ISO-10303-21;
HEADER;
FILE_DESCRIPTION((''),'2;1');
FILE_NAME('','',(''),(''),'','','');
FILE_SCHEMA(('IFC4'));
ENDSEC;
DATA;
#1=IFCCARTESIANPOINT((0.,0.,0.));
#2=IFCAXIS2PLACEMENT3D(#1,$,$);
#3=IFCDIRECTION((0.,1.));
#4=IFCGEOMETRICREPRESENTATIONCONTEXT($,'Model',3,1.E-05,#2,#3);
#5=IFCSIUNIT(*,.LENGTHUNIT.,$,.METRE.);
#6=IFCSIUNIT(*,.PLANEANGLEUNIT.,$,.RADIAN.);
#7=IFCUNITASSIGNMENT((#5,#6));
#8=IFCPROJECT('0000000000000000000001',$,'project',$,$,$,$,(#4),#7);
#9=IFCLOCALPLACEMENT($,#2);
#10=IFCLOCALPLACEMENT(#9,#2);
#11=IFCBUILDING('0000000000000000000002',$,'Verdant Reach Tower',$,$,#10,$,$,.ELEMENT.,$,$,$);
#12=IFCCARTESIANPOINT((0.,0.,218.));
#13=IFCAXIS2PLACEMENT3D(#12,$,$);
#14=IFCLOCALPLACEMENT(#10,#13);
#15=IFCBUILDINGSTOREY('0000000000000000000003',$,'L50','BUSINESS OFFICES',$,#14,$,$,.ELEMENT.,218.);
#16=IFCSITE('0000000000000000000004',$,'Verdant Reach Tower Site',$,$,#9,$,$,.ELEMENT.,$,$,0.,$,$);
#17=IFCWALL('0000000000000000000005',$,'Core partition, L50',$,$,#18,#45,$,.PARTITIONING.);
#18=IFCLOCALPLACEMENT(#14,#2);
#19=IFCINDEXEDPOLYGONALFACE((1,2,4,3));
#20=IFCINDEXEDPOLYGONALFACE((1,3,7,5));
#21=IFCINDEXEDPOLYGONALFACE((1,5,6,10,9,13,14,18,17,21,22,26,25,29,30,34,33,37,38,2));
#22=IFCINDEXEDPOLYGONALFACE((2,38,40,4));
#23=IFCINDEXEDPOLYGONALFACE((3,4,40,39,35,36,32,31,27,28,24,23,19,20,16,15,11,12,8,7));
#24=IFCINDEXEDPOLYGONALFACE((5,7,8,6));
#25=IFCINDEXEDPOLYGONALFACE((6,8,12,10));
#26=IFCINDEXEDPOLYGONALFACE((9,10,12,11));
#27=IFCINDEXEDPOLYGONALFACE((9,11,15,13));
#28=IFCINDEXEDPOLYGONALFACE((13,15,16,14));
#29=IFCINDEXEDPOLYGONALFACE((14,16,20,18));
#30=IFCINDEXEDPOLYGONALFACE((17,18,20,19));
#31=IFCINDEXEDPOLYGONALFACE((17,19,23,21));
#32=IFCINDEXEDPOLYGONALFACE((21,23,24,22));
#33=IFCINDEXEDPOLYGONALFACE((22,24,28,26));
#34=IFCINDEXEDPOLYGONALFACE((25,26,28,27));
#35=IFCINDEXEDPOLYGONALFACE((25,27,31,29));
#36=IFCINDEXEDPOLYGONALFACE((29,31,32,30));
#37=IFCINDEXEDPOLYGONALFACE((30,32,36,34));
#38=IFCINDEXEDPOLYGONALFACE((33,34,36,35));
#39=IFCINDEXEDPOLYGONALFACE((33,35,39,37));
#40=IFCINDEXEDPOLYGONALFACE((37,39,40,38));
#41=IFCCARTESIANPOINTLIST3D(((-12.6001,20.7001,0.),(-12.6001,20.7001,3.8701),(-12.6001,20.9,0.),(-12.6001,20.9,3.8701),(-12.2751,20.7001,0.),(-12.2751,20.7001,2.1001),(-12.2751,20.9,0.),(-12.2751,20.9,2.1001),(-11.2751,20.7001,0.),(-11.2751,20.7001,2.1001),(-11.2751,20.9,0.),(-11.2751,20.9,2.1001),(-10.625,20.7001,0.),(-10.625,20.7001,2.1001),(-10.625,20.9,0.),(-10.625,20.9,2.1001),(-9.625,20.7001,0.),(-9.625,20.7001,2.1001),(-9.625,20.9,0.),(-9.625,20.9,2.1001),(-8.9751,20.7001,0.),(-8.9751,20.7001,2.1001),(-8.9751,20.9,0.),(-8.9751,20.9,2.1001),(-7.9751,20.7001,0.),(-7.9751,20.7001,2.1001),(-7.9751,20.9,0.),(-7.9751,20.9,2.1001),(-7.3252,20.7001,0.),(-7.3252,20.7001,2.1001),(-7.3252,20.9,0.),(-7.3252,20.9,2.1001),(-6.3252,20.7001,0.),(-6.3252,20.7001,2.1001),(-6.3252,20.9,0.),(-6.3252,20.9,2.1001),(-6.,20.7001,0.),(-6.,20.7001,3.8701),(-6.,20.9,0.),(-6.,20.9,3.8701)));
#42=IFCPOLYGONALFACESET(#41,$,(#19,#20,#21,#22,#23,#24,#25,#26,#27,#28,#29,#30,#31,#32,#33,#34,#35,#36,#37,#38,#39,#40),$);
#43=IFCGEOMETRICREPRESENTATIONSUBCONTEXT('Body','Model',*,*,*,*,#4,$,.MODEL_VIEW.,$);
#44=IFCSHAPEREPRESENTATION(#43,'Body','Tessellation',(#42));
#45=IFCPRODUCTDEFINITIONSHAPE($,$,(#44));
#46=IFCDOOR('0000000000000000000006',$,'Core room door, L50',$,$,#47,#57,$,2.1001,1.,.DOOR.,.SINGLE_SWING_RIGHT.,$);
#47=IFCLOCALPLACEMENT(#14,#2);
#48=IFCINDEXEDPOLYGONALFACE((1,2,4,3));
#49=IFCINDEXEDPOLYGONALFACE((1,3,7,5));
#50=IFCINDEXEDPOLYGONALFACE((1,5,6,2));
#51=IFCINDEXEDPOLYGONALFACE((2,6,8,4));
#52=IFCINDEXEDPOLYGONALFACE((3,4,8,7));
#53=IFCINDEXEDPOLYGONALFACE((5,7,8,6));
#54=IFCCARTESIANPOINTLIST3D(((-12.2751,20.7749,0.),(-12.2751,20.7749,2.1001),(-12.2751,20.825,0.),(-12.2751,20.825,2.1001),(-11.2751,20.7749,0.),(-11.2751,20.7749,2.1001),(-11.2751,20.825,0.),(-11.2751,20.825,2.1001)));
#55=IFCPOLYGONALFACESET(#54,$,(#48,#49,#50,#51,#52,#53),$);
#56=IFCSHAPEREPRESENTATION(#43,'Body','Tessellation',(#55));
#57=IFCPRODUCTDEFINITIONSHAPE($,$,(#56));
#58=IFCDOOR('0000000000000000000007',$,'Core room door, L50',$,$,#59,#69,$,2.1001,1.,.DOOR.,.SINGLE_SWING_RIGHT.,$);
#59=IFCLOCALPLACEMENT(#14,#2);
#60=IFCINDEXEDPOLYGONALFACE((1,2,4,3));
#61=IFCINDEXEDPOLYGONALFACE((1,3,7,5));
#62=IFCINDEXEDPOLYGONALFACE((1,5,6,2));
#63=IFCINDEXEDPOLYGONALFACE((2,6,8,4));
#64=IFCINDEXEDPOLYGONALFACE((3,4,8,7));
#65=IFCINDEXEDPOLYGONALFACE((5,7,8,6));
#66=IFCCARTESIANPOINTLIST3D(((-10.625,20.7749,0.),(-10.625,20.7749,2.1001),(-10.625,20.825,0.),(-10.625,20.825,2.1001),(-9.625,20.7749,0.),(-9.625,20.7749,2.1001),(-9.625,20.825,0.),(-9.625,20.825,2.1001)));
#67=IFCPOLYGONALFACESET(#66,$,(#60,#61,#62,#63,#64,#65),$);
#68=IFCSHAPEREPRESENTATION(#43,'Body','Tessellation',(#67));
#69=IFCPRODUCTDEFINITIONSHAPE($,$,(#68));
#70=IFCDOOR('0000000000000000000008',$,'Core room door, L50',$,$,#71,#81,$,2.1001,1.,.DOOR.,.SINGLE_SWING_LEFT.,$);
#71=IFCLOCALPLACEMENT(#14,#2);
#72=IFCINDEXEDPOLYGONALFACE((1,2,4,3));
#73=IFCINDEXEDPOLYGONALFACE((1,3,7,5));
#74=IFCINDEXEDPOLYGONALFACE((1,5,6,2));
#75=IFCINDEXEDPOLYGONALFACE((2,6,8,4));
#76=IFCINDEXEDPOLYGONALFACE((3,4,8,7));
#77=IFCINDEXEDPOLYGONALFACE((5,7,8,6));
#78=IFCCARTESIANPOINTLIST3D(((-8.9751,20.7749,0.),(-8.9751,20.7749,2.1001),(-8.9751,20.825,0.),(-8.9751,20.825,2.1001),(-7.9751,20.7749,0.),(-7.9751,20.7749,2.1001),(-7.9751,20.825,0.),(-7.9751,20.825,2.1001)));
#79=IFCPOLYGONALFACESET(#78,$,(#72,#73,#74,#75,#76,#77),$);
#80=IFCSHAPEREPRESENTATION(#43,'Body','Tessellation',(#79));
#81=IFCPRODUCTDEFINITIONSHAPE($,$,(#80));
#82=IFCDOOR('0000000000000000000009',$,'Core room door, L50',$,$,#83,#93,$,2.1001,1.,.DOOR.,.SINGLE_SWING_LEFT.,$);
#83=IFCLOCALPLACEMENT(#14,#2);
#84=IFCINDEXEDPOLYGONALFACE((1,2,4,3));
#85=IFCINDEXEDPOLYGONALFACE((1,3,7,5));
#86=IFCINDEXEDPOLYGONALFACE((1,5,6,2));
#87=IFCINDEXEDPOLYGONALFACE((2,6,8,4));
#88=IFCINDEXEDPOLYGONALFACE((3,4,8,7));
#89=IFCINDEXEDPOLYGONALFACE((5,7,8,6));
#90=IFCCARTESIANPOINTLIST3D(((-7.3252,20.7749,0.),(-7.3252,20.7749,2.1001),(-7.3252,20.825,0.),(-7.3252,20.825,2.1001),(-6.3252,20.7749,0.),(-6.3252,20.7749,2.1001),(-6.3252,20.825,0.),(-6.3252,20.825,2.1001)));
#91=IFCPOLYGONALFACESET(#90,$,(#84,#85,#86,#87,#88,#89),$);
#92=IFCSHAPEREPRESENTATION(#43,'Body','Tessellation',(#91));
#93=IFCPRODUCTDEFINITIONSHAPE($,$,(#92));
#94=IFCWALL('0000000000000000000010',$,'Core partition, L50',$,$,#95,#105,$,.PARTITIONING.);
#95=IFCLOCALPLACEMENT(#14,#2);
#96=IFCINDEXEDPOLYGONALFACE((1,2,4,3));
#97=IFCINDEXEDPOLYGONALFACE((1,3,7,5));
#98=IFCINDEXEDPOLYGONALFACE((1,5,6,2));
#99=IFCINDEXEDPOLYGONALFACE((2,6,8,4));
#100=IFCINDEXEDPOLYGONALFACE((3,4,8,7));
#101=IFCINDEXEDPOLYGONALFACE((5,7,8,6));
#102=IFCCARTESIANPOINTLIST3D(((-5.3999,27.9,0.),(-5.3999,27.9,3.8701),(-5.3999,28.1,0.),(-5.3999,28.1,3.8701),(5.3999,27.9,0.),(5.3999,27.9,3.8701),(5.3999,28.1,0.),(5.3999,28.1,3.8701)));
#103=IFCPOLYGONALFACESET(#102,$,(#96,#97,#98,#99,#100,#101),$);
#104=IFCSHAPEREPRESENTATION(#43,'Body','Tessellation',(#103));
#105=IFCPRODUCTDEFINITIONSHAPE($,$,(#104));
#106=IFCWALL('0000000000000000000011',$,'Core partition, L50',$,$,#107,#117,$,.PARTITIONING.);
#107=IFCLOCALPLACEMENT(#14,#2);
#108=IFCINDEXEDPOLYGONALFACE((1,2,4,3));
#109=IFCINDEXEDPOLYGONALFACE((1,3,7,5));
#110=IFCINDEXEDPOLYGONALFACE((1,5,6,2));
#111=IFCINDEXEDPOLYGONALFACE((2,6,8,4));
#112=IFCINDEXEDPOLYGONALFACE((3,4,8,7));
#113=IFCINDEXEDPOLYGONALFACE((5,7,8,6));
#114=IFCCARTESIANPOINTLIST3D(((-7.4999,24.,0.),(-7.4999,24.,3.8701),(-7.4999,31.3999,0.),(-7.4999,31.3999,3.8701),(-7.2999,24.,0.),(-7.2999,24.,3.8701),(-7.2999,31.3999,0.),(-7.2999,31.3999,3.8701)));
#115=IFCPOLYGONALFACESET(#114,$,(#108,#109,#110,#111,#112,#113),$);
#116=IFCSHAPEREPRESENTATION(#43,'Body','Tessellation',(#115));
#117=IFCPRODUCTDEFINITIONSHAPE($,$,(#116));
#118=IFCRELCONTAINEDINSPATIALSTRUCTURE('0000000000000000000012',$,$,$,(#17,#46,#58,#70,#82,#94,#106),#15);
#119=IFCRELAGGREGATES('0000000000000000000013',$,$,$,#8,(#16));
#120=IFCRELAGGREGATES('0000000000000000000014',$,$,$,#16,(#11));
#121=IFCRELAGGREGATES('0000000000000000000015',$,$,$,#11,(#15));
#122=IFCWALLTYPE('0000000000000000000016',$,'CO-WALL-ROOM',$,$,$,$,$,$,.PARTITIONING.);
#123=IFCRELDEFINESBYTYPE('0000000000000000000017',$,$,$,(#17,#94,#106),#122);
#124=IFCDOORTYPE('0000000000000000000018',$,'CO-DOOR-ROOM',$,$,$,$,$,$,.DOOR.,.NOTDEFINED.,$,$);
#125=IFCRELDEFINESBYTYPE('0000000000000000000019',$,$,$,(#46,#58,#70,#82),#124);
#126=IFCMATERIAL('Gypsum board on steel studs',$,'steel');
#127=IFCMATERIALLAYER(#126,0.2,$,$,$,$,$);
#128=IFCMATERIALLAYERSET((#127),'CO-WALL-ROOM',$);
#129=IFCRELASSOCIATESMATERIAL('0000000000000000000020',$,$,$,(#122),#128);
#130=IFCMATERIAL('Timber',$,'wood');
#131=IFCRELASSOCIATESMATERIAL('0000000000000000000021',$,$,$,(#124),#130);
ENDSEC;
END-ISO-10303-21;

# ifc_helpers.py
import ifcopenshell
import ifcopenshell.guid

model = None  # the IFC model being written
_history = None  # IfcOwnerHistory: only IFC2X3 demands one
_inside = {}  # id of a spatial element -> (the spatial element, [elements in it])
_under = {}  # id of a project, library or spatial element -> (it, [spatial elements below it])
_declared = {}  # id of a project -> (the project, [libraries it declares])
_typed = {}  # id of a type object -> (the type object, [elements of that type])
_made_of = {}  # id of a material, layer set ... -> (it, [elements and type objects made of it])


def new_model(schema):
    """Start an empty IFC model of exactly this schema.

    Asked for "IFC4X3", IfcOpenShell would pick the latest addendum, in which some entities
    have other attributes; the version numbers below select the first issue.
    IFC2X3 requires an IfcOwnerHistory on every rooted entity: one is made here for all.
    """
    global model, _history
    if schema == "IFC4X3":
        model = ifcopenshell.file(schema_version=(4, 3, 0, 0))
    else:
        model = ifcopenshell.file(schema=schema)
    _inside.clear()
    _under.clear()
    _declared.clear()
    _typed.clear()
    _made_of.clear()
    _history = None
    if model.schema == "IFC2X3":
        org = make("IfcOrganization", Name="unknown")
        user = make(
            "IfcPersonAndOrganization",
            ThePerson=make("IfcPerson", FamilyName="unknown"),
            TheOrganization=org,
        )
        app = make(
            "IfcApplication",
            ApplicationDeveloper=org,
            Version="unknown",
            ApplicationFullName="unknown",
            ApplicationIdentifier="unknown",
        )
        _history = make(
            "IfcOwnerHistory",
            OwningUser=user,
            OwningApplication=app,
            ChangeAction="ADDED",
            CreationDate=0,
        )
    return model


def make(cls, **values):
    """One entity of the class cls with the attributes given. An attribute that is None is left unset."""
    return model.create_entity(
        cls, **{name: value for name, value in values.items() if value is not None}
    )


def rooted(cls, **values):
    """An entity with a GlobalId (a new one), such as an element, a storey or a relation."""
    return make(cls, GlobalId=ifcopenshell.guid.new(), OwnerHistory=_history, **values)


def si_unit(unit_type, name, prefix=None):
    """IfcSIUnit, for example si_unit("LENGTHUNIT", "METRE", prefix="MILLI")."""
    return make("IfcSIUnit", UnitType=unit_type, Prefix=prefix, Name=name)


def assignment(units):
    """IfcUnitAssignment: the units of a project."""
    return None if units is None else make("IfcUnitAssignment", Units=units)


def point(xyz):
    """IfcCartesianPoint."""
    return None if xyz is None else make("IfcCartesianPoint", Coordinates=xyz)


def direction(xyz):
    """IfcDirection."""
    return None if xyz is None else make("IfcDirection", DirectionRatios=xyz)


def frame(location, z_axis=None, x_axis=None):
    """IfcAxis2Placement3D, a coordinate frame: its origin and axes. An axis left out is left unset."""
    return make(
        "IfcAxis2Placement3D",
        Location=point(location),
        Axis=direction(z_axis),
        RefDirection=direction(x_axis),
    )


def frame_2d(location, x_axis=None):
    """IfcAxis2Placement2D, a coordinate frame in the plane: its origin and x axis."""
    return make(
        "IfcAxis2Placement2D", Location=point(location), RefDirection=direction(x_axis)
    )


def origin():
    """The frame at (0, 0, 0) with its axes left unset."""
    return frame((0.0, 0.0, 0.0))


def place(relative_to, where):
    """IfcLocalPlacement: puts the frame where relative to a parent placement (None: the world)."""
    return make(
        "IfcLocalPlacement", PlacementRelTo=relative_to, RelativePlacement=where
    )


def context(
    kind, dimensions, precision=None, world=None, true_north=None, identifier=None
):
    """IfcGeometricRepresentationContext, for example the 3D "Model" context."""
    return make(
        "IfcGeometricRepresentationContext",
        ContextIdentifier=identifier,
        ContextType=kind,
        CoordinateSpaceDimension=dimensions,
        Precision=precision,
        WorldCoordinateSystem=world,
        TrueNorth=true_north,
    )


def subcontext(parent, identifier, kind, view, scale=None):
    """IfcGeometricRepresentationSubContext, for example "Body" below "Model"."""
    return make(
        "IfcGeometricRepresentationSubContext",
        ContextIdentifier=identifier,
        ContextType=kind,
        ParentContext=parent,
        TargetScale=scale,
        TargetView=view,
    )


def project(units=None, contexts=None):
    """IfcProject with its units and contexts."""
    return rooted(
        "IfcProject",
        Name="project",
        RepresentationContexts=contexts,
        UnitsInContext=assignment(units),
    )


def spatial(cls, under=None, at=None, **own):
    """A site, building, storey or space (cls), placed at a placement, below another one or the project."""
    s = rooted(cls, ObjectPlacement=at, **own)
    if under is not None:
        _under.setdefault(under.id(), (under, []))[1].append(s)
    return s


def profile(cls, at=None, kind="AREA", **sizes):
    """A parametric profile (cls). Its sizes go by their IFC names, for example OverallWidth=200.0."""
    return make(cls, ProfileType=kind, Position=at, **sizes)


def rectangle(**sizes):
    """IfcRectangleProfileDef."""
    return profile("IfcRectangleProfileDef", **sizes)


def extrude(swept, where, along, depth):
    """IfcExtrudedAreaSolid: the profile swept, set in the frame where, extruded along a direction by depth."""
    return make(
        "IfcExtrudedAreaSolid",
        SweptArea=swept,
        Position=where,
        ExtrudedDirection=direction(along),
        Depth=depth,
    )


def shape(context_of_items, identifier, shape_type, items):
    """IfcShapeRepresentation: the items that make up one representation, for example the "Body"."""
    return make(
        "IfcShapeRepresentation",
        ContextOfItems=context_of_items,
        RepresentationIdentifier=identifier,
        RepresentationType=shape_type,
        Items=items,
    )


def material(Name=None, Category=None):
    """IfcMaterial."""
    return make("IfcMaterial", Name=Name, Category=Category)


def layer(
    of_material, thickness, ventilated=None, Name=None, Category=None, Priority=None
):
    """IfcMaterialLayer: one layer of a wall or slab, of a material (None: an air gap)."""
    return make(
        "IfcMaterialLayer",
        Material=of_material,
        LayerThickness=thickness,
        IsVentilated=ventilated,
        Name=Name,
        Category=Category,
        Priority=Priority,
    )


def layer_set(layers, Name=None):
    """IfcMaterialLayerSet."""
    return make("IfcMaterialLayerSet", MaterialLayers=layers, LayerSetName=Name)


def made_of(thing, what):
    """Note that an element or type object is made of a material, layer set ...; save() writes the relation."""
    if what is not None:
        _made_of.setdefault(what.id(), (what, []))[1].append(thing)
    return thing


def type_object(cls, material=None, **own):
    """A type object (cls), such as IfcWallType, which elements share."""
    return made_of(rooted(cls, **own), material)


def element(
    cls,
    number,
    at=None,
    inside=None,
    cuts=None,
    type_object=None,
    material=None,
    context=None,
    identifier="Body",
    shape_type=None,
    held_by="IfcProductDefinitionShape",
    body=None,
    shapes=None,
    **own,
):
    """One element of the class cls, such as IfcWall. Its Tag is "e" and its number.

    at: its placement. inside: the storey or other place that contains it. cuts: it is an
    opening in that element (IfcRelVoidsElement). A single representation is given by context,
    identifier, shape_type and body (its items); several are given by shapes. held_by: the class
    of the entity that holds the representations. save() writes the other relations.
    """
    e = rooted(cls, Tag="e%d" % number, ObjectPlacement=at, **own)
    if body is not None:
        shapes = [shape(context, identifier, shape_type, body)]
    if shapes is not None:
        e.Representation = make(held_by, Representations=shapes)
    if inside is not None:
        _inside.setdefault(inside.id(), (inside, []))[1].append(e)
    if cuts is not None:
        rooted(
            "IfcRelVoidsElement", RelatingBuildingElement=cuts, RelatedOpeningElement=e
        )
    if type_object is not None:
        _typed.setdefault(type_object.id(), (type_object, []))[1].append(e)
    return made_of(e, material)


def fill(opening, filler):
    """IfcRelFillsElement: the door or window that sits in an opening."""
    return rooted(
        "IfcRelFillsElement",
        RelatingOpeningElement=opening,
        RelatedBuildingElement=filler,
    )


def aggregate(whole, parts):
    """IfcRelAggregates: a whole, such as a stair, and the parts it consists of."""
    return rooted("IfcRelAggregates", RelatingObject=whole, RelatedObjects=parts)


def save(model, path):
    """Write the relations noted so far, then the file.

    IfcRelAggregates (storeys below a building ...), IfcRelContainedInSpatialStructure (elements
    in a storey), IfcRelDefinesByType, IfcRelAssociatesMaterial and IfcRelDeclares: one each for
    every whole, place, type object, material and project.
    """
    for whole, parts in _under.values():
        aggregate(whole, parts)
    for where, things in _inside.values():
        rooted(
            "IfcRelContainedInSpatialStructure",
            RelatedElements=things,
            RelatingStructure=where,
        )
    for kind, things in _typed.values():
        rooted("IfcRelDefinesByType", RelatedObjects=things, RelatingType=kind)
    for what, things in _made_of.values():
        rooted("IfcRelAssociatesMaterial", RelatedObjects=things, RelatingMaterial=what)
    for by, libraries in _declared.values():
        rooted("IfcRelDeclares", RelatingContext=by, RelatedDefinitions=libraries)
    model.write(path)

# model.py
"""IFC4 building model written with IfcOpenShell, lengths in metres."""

from ifc_helpers import new_model, si_unit, direction, frame, frame_2d, origin, place, context, subcontext, project, spatial, rectangle, extrude, material, layer, layer_set, type_object, element, fill, save


model = new_model("IFC4")

# Units and contexts
model_context = context("Model", 3, precision=1e-05, world=origin(), true_north=direction((0.0, 1.0)))
body_context = subcontext(model_context, "Body", "Model", "MODEL_VIEW")
ifc_project = project(units=[si_unit("LENGTHUNIT", "METRE"), si_unit("PLANEANGLEUNIT", "RADIAN")], contexts=[model_context])

# Site, building, storey
site_placement = place(None, origin())
site = spatial("IfcSite", under=ifc_project, at=site_placement, Name="Verdant Reach Tower Site", CompositionType="ELEMENT", RefElevation=0.0)
building_placement = place(site_placement, origin())
building = spatial("IfcBuilding", under=site, at=building_placement, Name="Verdant Reach Tower", CompositionType="ELEMENT")
storey_placement = place(building_placement, frame((0.0, 0.0, 218.0)))
storey = spatial("IfcBuildingStorey", under=building, at=storey_placement, Name="L50", Description="BUSINESS OFFICES", CompositionType="ELEMENT", Elevation=218.0)

# Wall, openings, doors
ifc_material_1 = material(Name="Gypsum board on steel studs", Category="steel")
ifc_layer_1 = layer(ifc_material_1, 0.2)
ifc_layer_set_1 = layer_set([ifc_layer_1], Name="CO-WALL-ROOM")
wall_type_1 = type_object("IfcWallType", Name="CO-WALL-ROOM", PredefinedType="PARTITIONING", material=ifc_layer_set_1)
wall_1_placement = place(storey_placement, frame((-12.6001, 20.8, 0.0), z_axis=(0.0, 0.0, 1.0), x_axis=(1.0, 0.0, 0.0)))
wall_1 = element("IfcWall", 1, at=wall_1_placement, inside=storey, type_object=wall_type_1, Name="Core partition, L50", PredefinedType="PARTITIONING", context=body_context, shape_type="SweptSolid", body=[
    extrude(rectangle(XDim=6.6001, YDim=0.2, at=frame_2d((3.3, 0.0))), origin(), (0.0, 0.0, 1.0), 3.8701),
])
opening_1_placement = place(wall_1_placement, frame((0.325, 0.0, 0.0)))
opening_1 = element("IfcOpeningElement", 2, at=opening_1_placement, cuts=wall_1, PredefinedType="OPENING", context=body_context, shape_type="SweptSolid", body=[
    extrude(rectangle(XDim=1.0, YDim=2.1001, at=frame_2d((0.5, 1.05))), frame((0.0, 0.1099, 0.0), z_axis=(0.0, -1.0, 0.0), x_axis=(1.0, 0.0, 0.0)), (0.0, 0.0, 1.0), 0.22),
])
opening_2_placement = place(wall_1_placement, frame((1.9751, 0.0, 0.0)))
opening_2 = element("IfcOpeningElement", 3, at=opening_2_placement, cuts=wall_1, PredefinedType="OPENING", context=body_context, shape_type="SweptSolid", body=[
    extrude(rectangle(XDim=1.0, YDim=2.1001, at=frame_2d((0.5, 1.05))), frame((0.0, 0.1099, 0.0), z_axis=(0.0, -1.0, 0.0), x_axis=(1.0, 0.0, 0.0)), (0.0, 0.0, 1.0), 0.22),
])
opening_3_placement = place(wall_1_placement, frame((3.625, 0.0, 0.0)))
opening_3 = element("IfcOpeningElement", 4, at=opening_3_placement, cuts=wall_1, PredefinedType="OPENING", context=body_context, shape_type="SweptSolid", body=[
    extrude(rectangle(XDim=1.0, YDim=2.1001, at=frame_2d((0.5, 1.05))), frame((0.0, 0.1099, 0.0), z_axis=(0.0, -1.0, 0.0), x_axis=(1.0, 0.0, 0.0)), (0.0, 0.0, 1.0), 0.22),
])
opening_4_placement = place(wall_1_placement, frame((5.2749, 0.0, 0.0)))
opening_4 = element("IfcOpeningElement", 5, at=opening_4_placement, cuts=wall_1, PredefinedType="OPENING", context=body_context, shape_type="SweptSolid", body=[
    extrude(rectangle(XDim=1.0, YDim=2.1001, at=frame_2d((0.5, 1.05))), frame((0.0, 0.1099, 0.0), z_axis=(0.0, -1.0, 0.0), x_axis=(1.0, 0.0, 0.0)), (0.0, 0.0, 1.0), 0.22),
])
ifc_material_2 = material(Name="Timber", Category="wood")
door_type_1 = type_object("IfcDoorType", Name="CO-DOOR-ROOM", OperationType="NOTDEFINED", PredefinedType="DOOR", material=ifc_material_2)
door_1_placement = place(opening_1_placement, origin())
door_1 = element("IfcDoor", 6, at=door_1_placement, inside=storey, type_object=door_type_1, Name="Core room door, L50", OperationType="SINGLE_SWING_RIGHT", OverallHeight=2.1001, OverallWidth=1.0, PredefinedType="DOOR", context=body_context, shape_type="SweptSolid", body=[
    extrude(rectangle(XDim=1.0, YDim=2.1001, at=frame_2d((0.5, 1.05))), frame((0.0, 0.0249, 0.0), z_axis=(0.0, -1.0, 0.0), x_axis=(1.0, 0.0, 0.0)), (0.0, 0.0, 1.0), 0.05),
])
fill(opening_1, door_1)
door_2_placement = place(opening_2_placement, origin())
door_2 = element("IfcDoor", 7, at=door_2_placement, inside=storey, type_object=door_type_1, Name="Core room door, L50", OperationType="SINGLE_SWING_RIGHT", OverallHeight=2.1001, OverallWidth=1.0, PredefinedType="DOOR", context=body_context, shape_type="SweptSolid", body=[
    extrude(rectangle(XDim=1.0, YDim=2.1001, at=frame_2d((0.5, 1.05))), frame((0.0, 0.0249, 0.0), z_axis=(0.0, -1.0, 0.0), x_axis=(1.0, 0.0, 0.0)), (0.0, 0.0, 1.0), 0.05),
])
fill(opening_2, door_2)
door_3_placement = place(opening_3_placement, origin())
door_3 = element("IfcDoor", 8, at=door_3_placement, inside=storey, type_object=door_type_1, Name="Core room door, L50", OperationType="SINGLE_SWING_LEFT", OverallHeight=2.1001, OverallWidth=1.0, PredefinedType="DOOR", context=body_context, shape_type="SweptSolid", body=[
    extrude(rectangle(XDim=1.0, YDim=2.1001, at=frame_2d((0.5, 1.05))), frame((0.0, 0.0249, 0.0), z_axis=(0.0, -1.0, 0.0), x_axis=(1.0, 0.0, 0.0)), (0.0, 0.0, 1.0), 0.05),
])
fill(opening_3, door_3)
door_4_placement = place(opening_4_placement, origin())
door_4 = element("IfcDoor", 9, at=door_4_placement, inside=storey, type_object=door_type_1, Name="Core room door, L50", OperationType="SINGLE_SWING_LEFT", OverallHeight=2.1001, OverallWidth=1.0, PredefinedType="DOOR", context=body_context, shape_type="SweptSolid", body=[
    extrude(rectangle(XDim=1.0, YDim=2.1001, at=frame_2d((0.5, 1.05))), frame((0.0, 0.0249, 0.0), z_axis=(0.0, -1.0, 0.0), x_axis=(1.0, 0.0, 0.0)), (0.0, 0.0, 1.0), 0.05),
])
fill(opening_4, door_4)

# Walls
wall_2_placement = place(storey_placement, frame((-5.3999, 28.0, 0.0), z_axis=(0.0, 0.0, 1.0), x_axis=(1.0, 0.0, 0.0)))
element("IfcWall", 10, at=wall_2_placement, inside=storey, type_object=wall_type_1, Name="Core partition, L50", PredefinedType="PARTITIONING", context=body_context, shape_type="SweptSolid", body=[
    extrude(rectangle(XDim=10.7998, YDim=0.2, at=frame_2d((5.3999, 0.0))), origin(), (0.0, 0.0, 1.0), 3.8701),
])
wall_3_placement = place(storey_placement, frame((-7.3999, 24.0, 0.0), z_axis=(0.0, 0.0, 1.0), x_axis=(0.0, 1.0, 0.0)))
element("IfcWall", 11, at=wall_3_placement, inside=storey, type_object=wall_type_1, Name="Core partition, L50", PredefinedType="PARTITIONING", context=body_context, shape_type="SweptSolid", body=[
    extrude(rectangle(XDim=7.3999, YDim=0.2, at=frame_2d((3.7, 0.0))), origin(), (0.0, 0.0, 1.0), 3.8701),
])

save(model, "model.ifc")
